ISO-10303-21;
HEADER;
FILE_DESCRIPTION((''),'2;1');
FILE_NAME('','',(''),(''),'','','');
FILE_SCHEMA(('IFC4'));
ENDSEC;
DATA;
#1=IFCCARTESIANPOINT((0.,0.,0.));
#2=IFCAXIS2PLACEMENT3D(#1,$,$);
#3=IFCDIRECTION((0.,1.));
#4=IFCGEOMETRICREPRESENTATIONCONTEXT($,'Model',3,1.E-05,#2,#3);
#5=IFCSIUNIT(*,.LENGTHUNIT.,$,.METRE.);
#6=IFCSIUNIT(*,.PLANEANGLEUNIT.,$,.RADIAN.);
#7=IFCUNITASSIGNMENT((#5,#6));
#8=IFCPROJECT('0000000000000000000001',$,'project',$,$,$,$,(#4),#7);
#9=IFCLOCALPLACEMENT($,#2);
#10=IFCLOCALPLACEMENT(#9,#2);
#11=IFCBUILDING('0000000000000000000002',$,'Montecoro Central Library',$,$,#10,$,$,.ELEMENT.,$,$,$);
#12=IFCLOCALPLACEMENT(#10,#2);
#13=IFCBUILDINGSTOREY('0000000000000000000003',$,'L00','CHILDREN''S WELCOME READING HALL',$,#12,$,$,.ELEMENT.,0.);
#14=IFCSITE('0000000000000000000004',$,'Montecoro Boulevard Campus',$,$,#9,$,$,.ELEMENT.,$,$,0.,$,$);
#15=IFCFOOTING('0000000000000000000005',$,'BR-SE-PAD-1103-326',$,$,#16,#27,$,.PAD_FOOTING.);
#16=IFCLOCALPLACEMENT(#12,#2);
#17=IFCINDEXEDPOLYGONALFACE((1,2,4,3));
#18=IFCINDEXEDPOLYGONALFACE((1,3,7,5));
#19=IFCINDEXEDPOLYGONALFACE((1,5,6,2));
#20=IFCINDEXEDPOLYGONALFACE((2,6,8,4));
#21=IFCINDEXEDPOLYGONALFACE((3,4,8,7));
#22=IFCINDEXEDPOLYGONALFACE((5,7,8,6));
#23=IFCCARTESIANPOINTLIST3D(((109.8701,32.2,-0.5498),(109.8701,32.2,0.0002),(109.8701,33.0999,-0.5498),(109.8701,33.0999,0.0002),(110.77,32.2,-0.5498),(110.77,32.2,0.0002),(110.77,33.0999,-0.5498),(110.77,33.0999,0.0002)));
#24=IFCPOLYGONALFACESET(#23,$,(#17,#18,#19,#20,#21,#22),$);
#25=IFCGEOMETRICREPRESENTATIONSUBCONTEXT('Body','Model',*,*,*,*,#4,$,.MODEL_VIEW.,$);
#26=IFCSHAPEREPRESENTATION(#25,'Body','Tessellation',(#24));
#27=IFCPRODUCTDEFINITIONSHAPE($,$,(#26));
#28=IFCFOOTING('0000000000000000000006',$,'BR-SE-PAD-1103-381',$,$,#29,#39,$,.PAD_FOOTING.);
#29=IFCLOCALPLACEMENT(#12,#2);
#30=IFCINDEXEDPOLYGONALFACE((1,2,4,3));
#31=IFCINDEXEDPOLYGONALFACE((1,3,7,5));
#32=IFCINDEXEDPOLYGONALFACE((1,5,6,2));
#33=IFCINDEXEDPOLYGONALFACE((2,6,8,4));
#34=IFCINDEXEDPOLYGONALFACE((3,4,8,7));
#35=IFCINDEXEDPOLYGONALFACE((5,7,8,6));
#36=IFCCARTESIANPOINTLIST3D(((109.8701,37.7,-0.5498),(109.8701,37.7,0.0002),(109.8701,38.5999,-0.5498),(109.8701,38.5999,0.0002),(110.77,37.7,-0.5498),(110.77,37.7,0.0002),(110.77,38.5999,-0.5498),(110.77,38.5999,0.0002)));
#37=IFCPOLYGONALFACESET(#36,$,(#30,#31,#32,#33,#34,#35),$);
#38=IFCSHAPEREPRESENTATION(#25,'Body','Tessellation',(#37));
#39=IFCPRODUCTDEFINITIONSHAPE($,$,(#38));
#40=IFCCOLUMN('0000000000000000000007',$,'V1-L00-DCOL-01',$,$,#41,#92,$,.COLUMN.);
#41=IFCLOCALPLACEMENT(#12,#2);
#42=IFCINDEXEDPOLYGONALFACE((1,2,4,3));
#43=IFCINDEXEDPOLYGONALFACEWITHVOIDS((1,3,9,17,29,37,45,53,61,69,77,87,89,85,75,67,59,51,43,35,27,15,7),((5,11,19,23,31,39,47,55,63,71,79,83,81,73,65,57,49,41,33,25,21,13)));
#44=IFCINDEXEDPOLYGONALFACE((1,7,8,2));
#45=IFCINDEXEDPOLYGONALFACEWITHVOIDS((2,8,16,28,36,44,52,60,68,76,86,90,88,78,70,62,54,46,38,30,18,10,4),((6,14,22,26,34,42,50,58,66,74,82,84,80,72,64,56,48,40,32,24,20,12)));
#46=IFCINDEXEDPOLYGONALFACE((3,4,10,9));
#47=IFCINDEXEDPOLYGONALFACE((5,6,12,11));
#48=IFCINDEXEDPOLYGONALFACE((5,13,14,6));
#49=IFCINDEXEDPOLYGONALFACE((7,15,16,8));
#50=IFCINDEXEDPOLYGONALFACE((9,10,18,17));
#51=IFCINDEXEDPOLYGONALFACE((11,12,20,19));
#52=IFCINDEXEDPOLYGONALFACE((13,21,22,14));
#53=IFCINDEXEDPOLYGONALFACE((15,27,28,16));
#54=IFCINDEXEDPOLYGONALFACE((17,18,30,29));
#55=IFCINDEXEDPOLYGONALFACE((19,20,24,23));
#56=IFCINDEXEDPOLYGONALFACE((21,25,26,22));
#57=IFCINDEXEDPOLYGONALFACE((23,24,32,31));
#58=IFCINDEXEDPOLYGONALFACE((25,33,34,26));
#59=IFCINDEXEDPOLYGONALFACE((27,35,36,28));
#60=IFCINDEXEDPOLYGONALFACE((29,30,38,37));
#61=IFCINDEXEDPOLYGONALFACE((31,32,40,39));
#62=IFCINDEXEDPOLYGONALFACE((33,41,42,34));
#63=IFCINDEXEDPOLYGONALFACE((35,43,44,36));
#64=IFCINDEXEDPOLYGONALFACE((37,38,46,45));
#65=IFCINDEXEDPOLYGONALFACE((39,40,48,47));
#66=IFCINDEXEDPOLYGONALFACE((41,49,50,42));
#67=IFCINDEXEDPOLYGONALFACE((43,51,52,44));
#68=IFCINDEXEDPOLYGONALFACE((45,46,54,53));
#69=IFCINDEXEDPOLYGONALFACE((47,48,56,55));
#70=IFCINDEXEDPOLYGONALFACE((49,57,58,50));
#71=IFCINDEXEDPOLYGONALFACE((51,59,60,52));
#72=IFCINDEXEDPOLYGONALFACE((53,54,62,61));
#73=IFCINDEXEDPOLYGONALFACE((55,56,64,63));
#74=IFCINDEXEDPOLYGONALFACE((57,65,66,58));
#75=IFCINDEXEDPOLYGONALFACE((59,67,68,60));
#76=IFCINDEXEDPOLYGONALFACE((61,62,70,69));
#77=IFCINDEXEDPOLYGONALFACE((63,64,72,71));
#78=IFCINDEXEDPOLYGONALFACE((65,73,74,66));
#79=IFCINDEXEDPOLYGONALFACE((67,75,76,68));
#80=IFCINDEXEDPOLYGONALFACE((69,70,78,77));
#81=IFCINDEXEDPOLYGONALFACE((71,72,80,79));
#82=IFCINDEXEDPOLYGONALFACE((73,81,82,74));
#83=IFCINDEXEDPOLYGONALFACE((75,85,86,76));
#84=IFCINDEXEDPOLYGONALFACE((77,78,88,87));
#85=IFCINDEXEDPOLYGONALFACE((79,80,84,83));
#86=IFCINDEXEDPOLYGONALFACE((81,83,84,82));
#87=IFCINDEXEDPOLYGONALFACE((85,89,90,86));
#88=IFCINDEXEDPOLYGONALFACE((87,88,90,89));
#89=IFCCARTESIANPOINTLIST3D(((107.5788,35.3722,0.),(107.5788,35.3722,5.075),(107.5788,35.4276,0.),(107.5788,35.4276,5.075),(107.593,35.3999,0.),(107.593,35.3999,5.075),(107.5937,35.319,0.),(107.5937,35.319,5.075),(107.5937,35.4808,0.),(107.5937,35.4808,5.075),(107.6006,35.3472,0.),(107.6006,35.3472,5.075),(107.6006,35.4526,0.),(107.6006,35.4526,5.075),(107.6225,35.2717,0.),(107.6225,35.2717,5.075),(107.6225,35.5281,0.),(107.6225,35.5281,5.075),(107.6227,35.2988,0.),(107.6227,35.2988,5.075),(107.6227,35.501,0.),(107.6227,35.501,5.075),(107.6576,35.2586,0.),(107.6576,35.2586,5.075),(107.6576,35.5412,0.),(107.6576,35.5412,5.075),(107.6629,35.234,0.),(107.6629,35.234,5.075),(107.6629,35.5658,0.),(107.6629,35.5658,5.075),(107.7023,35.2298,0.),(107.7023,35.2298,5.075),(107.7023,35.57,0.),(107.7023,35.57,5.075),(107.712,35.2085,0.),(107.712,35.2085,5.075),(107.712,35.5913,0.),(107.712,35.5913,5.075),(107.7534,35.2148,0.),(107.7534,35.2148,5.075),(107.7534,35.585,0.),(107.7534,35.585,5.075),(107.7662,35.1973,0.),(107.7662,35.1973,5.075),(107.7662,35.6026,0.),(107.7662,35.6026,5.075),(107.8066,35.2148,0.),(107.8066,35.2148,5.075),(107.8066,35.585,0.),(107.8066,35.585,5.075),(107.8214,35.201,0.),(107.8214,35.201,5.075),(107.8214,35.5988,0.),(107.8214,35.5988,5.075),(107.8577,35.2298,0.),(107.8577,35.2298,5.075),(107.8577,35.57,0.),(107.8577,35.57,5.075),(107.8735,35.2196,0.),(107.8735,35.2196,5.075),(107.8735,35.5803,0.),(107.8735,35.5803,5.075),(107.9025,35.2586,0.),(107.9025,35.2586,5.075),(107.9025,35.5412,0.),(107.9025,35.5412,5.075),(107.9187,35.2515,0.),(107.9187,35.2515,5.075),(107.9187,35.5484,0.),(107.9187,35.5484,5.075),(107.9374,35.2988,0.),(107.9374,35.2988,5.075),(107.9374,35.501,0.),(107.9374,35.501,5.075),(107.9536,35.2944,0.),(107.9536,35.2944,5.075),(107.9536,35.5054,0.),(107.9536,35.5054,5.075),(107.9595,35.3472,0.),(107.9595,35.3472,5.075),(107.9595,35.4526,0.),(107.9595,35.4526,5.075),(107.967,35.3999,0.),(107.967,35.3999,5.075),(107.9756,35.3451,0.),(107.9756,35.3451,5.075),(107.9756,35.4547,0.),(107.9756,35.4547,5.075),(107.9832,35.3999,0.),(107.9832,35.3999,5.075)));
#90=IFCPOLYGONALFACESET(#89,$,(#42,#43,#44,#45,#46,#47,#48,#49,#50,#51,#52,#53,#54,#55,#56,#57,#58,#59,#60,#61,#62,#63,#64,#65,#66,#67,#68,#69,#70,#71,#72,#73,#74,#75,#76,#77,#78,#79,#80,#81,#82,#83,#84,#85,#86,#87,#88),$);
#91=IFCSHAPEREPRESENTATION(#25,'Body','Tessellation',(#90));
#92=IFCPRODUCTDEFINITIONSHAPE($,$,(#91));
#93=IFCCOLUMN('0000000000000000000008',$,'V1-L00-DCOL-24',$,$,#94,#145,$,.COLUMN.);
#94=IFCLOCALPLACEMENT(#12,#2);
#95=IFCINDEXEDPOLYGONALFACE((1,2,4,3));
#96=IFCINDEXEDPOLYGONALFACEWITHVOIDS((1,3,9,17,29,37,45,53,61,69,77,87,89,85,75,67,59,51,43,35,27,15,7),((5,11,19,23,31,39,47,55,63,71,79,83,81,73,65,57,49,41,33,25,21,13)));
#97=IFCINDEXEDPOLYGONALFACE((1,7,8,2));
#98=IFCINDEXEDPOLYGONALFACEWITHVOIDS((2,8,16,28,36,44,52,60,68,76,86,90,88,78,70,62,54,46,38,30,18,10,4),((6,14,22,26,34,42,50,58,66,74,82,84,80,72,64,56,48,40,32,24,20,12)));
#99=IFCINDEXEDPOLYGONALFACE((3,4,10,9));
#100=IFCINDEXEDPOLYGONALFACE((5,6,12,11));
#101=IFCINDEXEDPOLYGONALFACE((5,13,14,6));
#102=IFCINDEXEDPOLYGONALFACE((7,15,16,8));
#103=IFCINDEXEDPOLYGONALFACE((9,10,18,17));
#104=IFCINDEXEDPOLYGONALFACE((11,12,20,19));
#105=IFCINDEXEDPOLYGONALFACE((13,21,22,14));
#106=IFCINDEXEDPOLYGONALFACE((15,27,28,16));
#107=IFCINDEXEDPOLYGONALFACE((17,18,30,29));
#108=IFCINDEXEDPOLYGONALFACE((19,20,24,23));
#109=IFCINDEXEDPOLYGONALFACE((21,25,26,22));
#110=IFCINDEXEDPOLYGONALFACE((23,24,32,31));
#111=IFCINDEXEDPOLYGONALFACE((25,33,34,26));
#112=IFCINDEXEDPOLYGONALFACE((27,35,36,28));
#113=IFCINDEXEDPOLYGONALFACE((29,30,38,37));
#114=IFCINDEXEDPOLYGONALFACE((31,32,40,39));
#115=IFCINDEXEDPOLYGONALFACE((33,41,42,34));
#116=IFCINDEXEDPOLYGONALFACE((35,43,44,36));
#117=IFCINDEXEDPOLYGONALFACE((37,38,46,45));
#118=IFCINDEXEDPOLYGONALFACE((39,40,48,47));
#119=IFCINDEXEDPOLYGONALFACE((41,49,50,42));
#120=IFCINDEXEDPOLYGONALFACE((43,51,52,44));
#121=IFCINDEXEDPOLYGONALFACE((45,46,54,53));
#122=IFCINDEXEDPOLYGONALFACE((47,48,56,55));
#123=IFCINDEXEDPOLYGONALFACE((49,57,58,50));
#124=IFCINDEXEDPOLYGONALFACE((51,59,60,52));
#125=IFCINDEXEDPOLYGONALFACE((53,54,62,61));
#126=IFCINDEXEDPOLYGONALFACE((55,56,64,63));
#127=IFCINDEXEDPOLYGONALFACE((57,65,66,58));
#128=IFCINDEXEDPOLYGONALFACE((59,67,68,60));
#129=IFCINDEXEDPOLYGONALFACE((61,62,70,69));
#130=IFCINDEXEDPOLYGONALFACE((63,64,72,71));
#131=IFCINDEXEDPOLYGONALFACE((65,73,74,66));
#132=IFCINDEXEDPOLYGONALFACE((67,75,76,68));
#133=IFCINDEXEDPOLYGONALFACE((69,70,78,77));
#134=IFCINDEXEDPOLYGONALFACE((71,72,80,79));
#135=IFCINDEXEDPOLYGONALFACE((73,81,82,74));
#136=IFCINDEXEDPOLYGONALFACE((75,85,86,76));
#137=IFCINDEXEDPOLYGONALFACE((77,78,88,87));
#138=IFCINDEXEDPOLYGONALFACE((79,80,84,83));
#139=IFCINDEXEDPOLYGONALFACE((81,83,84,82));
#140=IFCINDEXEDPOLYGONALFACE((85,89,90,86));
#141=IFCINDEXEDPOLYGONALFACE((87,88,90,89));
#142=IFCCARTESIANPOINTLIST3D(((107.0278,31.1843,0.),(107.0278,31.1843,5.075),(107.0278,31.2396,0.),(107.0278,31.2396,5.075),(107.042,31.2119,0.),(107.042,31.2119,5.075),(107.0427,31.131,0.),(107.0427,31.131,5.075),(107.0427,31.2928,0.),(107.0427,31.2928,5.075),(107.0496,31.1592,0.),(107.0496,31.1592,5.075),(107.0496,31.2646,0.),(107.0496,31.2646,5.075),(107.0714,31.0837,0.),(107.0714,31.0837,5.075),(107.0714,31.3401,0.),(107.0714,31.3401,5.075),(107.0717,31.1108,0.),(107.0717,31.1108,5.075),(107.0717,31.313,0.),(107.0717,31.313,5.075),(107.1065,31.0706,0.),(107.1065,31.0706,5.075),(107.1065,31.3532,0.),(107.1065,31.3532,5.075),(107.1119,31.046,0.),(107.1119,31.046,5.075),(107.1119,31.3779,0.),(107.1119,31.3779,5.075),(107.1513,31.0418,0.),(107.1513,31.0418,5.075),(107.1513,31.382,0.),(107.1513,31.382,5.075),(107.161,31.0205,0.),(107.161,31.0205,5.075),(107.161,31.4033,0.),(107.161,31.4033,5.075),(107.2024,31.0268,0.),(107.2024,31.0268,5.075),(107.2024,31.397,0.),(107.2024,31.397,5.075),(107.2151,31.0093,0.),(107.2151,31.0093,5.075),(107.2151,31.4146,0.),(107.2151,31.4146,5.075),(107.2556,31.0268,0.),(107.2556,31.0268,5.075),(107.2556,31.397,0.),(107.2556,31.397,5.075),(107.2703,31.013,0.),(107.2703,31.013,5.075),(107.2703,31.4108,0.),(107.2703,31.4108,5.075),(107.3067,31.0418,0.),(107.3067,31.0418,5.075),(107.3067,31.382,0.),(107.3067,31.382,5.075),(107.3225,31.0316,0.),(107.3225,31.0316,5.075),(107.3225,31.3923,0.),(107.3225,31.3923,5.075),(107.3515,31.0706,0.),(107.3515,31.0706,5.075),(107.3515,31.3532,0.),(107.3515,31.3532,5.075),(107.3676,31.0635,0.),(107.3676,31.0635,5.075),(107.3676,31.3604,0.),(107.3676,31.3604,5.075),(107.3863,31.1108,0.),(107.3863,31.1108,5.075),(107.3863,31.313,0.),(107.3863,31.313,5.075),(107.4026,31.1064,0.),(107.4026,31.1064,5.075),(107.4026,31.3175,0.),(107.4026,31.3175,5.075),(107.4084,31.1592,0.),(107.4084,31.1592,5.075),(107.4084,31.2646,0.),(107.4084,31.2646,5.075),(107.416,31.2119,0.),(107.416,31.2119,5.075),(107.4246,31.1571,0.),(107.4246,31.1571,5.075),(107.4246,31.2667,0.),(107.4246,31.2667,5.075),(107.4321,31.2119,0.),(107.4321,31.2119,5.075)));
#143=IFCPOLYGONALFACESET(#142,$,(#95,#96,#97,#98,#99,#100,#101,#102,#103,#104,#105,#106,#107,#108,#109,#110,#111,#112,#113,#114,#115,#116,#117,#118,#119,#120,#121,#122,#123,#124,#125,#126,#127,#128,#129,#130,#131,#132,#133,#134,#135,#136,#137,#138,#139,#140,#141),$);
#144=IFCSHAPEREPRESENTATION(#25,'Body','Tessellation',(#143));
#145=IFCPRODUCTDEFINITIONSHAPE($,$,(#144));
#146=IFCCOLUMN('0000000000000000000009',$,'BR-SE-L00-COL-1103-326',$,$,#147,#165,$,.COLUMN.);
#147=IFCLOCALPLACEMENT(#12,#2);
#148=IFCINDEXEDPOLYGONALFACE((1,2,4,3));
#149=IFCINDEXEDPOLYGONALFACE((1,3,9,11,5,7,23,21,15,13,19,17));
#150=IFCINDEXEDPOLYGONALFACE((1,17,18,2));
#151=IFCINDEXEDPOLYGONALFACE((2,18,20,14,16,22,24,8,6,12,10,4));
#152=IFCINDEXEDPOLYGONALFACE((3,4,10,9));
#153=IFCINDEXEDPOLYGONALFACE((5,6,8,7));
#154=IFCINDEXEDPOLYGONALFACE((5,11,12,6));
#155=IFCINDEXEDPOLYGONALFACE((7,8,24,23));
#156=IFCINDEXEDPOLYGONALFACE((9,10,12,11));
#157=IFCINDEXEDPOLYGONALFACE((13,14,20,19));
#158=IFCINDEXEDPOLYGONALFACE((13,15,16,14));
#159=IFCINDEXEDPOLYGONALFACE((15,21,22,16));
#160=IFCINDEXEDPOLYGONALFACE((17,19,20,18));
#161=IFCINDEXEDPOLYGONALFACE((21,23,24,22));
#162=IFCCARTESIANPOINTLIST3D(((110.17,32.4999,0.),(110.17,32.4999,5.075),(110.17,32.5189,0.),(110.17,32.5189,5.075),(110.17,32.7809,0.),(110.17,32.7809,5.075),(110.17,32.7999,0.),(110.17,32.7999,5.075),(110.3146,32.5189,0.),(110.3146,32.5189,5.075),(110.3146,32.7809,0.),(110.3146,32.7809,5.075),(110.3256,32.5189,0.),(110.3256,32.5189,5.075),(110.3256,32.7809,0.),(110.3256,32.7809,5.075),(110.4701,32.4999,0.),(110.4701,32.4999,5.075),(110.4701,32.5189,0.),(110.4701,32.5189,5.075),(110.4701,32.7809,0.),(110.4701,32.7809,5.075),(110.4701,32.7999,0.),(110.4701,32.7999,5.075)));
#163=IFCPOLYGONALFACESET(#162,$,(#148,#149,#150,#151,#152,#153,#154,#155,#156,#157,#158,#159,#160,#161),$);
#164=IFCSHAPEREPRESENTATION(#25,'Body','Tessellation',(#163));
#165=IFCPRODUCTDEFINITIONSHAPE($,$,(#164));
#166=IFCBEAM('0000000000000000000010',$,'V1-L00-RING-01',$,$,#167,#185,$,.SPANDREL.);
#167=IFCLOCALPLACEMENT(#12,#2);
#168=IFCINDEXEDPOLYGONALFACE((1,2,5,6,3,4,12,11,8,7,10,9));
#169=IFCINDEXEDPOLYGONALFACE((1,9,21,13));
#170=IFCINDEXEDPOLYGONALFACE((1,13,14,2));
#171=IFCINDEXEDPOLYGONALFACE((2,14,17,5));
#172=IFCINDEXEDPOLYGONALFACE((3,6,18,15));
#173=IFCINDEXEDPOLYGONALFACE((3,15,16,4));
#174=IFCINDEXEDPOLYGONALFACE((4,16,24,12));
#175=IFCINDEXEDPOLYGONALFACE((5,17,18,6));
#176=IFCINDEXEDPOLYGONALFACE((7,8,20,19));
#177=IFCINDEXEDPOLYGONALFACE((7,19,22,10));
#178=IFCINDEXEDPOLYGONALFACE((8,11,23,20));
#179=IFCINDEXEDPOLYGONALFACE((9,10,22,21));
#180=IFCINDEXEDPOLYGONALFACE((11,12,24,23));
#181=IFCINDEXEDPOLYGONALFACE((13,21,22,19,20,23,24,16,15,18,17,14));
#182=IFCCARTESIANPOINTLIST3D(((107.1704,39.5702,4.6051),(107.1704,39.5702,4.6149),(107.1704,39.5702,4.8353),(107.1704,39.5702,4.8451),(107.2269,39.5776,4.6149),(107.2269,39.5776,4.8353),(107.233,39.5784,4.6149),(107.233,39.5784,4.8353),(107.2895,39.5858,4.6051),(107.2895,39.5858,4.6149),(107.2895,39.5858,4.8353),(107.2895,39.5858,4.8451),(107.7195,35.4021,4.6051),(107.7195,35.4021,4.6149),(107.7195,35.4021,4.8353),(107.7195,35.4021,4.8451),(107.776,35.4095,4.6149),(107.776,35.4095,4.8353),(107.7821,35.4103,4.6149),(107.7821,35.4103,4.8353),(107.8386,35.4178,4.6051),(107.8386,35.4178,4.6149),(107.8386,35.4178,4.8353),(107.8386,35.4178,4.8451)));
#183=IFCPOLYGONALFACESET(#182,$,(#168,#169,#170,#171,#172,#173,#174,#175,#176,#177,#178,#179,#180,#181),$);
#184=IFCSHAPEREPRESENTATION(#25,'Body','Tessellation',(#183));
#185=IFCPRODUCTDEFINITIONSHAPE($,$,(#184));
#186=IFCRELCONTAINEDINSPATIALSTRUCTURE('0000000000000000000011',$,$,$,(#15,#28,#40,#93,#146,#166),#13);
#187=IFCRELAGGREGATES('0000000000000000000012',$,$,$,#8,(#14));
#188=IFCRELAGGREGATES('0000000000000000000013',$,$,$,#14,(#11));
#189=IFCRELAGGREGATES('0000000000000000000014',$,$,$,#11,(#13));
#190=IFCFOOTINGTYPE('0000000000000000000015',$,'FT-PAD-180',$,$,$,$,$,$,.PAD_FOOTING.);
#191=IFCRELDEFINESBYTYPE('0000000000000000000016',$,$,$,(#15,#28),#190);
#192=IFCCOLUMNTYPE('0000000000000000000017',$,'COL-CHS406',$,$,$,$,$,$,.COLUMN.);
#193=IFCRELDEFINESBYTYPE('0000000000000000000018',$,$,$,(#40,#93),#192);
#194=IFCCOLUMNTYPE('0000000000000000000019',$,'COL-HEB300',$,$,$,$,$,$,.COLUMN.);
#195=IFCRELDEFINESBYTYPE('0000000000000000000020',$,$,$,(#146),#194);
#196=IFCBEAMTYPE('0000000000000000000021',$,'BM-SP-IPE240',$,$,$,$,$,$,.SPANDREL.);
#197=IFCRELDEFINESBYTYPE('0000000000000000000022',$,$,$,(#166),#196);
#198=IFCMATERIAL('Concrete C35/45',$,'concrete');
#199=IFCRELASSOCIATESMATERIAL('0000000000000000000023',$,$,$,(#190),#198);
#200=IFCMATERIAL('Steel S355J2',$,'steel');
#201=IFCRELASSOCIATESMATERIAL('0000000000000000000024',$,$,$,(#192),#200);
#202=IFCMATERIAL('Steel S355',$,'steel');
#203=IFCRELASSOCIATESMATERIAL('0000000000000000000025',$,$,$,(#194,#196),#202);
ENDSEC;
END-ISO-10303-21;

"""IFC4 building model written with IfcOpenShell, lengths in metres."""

from ifc_helpers import new_model, si_unit, direction, frame, origin, origin_2d, place, context, subcontext, project, spatial, rectangle, hollow_circle, i_section, extrude, material, material_profile, profile_set, type_object, element, save


model = new_model("IFC4")

# Units and contexts
model_context = context("Model", 3, precision=1e-05, world=origin(), true_north=direction((0.0, 1.0)))
body_context = subcontext(model_context, "Body", "Model", "MODEL_VIEW")
ifc_project = project(units=[si_unit("LENGTHUNIT", "METRE"), si_unit("PLANEANGLEUNIT", "RADIAN")], contexts=[model_context])

# Site, building, storey
site_placement = place(None, origin())
site = spatial("IfcSite", under=ifc_project, at=site_placement, Name="Montecoro Boulevard Campus", CompositionType="ELEMENT", RefElevation=0.0)
building_placement = place(site_placement, origin())
building = spatial("IfcBuilding", under=site, at=building_placement, Name="Montecoro Central Library", CompositionType="ELEMENT")
storey_placement = place(building_placement, origin())
storey = spatial("IfcBuildingStorey", under=building, at=storey_placement, Name="L00", Description="CHILDREN'S WELCOME READING HALL", CompositionType="ELEMENT", Elevation=0.0)

# Footings
ifc_material_1 = material(Name="Concrete C35/45", Category="concrete")
footing_type = type_object("IfcFootingType", Name="FT-PAD-180", PredefinedType="PAD_FOOTING", material=ifc_material_1)
for number, where, z_axis, x_axis, name in (
    (1, (110.3201, 32.6499, -0.5498), (0.0, 0.0, 1.0), (1.0, 0.0, 0.0), "BR-SE-PAD-1103-326"),
    (2, (110.3201, 38.1499, -0.5498), (0.0, 0.0, 1.0), (1.0, 0.0, 0.0), "BR-SE-PAD-1103-381"),
):
    element("IfcFooting", number, at=place(storey_placement, frame(where, z_axis=z_axis, x_axis=x_axis)), inside=storey, type_object=footing_type, Name=name, PredefinedType="PAD_FOOTING", context=body_context, shape_type="SweptSolid", body=[
        extrude(rectangle(XDim=0.8999, YDim=0.8999, at=origin_2d()), origin(), (0.0, 0.0, 1.0), 0.55),
    ])

# Columns
ifc_material_2 = material(Name="Steel S355J2", Category="steel")
ifc_material_profile_1 = material_profile(ifc_material_2, hollow_circle(Radius=0.2031, WallThickness=0.0161, at=origin_2d()), Name="CHS 406.4x16.0")
ifc_profile_set_1 = profile_set([ifc_material_profile_1], Name="Steel S355J2")
column_type_1 = type_object("IfcColumnType", Name="COL-CHS406", PredefinedType="COLUMN", material=ifc_profile_set_1)
for number, where, z_axis, x_axis, name in (
    (3, (107.78, 35.3999, 0.0), (0.0, 0.0, 1.0), (1.0, 0.0, 0.0), "V1-L00-DCOL-01"),
    (4, (107.229, 31.2119, 0.0), (0.0, 0.0, 1.0), (1.0, 0.0, 0.0), "V1-L00-DCOL-24"),
):
    element("IfcColumn", number, at=place(storey_placement, frame(where, z_axis=z_axis, x_axis=x_axis)), inside=storey, type_object=column_type_1, Name=name, PredefinedType="COLUMN", context=body_context, shape_type="SweptSolid", body=[
        extrude(hollow_circle(Radius=0.2031, WallThickness=0.0161, at=origin_2d()), origin(), (0.0, 0.0, 1.0), 5.075),
    ])
ifc_material_3 = material(Name="Steel S355", Category="steel")
ifc_material_profile_2 = material_profile(ifc_material_3, i_section(OverallWidth=0.3, OverallDepth=0.3, WebThickness=0.011, FlangeThickness=0.019, at=origin_2d()), Name="HEB 300")
ifc_profile_set_2 = profile_set([ifc_material_profile_2], Name="Steel S355")
column_type_2 = type_object("IfcColumnType", Name="COL-HEB300", PredefinedType="COLUMN", material=ifc_profile_set_2)
column_placement = place(storey_placement, frame((110.3201, 32.6499, 0.0), z_axis=(0.0, 0.0, 1.0), x_axis=(1.0, 0.0, 0.0)))
element("IfcColumn", 5, at=column_placement, inside=storey, type_object=column_type_2, Name="BR-SE-L00-COL-1103-326", PredefinedType="COLUMN", context=body_context, shape_type="SweptSolid", body=[
    extrude(i_section(OverallWidth=0.3, OverallDepth=0.3, WebThickness=0.011, FlangeThickness=0.019, at=origin_2d()), origin(), (0.0, 0.0, 1.0), 5.075),
])

# Beam
ifc_material_profile_3 = material_profile(ifc_material_3, i_section(OverallWidth=0.1201, OverallDepth=0.24, WebThickness=0.0061, FlangeThickness=0.0098, at=origin_2d()), Name="IPE 240")
ifc_profile_set_3 = profile_set([ifc_material_profile_3], Name="Steel S355")
beam_type = type_object("IfcBeamType", Name="BM-SP-IPE240", PredefinedType="SPANDREL", material=ifc_profile_set_3)
for number, where, z_axis, x_axis, name in (
    (6, (107.7791, 35.4099, 4.7251), (-0.130608, 0.991434, 0.0), (-0.991434, -0.130608, 0.0), "V1-L00-RING-01"),
):
    element("IfcBeam", number, at=place(storey_placement, frame(where, z_axis=z_axis, x_axis=x_axis)), inside=storey, type_object=beam_type, Name=name, PredefinedType="SPANDREL", context=body_context, shape_type="SweptSolid", body=[
        extrude(i_section(OverallWidth=0.1201, OverallDepth=0.24, WebThickness=0.0061, FlangeThickness=0.0098, at=origin_2d()), origin(), (0.0, 0.0, 1.0), 4.2041),
    ])

save(model, "model.ifc")
